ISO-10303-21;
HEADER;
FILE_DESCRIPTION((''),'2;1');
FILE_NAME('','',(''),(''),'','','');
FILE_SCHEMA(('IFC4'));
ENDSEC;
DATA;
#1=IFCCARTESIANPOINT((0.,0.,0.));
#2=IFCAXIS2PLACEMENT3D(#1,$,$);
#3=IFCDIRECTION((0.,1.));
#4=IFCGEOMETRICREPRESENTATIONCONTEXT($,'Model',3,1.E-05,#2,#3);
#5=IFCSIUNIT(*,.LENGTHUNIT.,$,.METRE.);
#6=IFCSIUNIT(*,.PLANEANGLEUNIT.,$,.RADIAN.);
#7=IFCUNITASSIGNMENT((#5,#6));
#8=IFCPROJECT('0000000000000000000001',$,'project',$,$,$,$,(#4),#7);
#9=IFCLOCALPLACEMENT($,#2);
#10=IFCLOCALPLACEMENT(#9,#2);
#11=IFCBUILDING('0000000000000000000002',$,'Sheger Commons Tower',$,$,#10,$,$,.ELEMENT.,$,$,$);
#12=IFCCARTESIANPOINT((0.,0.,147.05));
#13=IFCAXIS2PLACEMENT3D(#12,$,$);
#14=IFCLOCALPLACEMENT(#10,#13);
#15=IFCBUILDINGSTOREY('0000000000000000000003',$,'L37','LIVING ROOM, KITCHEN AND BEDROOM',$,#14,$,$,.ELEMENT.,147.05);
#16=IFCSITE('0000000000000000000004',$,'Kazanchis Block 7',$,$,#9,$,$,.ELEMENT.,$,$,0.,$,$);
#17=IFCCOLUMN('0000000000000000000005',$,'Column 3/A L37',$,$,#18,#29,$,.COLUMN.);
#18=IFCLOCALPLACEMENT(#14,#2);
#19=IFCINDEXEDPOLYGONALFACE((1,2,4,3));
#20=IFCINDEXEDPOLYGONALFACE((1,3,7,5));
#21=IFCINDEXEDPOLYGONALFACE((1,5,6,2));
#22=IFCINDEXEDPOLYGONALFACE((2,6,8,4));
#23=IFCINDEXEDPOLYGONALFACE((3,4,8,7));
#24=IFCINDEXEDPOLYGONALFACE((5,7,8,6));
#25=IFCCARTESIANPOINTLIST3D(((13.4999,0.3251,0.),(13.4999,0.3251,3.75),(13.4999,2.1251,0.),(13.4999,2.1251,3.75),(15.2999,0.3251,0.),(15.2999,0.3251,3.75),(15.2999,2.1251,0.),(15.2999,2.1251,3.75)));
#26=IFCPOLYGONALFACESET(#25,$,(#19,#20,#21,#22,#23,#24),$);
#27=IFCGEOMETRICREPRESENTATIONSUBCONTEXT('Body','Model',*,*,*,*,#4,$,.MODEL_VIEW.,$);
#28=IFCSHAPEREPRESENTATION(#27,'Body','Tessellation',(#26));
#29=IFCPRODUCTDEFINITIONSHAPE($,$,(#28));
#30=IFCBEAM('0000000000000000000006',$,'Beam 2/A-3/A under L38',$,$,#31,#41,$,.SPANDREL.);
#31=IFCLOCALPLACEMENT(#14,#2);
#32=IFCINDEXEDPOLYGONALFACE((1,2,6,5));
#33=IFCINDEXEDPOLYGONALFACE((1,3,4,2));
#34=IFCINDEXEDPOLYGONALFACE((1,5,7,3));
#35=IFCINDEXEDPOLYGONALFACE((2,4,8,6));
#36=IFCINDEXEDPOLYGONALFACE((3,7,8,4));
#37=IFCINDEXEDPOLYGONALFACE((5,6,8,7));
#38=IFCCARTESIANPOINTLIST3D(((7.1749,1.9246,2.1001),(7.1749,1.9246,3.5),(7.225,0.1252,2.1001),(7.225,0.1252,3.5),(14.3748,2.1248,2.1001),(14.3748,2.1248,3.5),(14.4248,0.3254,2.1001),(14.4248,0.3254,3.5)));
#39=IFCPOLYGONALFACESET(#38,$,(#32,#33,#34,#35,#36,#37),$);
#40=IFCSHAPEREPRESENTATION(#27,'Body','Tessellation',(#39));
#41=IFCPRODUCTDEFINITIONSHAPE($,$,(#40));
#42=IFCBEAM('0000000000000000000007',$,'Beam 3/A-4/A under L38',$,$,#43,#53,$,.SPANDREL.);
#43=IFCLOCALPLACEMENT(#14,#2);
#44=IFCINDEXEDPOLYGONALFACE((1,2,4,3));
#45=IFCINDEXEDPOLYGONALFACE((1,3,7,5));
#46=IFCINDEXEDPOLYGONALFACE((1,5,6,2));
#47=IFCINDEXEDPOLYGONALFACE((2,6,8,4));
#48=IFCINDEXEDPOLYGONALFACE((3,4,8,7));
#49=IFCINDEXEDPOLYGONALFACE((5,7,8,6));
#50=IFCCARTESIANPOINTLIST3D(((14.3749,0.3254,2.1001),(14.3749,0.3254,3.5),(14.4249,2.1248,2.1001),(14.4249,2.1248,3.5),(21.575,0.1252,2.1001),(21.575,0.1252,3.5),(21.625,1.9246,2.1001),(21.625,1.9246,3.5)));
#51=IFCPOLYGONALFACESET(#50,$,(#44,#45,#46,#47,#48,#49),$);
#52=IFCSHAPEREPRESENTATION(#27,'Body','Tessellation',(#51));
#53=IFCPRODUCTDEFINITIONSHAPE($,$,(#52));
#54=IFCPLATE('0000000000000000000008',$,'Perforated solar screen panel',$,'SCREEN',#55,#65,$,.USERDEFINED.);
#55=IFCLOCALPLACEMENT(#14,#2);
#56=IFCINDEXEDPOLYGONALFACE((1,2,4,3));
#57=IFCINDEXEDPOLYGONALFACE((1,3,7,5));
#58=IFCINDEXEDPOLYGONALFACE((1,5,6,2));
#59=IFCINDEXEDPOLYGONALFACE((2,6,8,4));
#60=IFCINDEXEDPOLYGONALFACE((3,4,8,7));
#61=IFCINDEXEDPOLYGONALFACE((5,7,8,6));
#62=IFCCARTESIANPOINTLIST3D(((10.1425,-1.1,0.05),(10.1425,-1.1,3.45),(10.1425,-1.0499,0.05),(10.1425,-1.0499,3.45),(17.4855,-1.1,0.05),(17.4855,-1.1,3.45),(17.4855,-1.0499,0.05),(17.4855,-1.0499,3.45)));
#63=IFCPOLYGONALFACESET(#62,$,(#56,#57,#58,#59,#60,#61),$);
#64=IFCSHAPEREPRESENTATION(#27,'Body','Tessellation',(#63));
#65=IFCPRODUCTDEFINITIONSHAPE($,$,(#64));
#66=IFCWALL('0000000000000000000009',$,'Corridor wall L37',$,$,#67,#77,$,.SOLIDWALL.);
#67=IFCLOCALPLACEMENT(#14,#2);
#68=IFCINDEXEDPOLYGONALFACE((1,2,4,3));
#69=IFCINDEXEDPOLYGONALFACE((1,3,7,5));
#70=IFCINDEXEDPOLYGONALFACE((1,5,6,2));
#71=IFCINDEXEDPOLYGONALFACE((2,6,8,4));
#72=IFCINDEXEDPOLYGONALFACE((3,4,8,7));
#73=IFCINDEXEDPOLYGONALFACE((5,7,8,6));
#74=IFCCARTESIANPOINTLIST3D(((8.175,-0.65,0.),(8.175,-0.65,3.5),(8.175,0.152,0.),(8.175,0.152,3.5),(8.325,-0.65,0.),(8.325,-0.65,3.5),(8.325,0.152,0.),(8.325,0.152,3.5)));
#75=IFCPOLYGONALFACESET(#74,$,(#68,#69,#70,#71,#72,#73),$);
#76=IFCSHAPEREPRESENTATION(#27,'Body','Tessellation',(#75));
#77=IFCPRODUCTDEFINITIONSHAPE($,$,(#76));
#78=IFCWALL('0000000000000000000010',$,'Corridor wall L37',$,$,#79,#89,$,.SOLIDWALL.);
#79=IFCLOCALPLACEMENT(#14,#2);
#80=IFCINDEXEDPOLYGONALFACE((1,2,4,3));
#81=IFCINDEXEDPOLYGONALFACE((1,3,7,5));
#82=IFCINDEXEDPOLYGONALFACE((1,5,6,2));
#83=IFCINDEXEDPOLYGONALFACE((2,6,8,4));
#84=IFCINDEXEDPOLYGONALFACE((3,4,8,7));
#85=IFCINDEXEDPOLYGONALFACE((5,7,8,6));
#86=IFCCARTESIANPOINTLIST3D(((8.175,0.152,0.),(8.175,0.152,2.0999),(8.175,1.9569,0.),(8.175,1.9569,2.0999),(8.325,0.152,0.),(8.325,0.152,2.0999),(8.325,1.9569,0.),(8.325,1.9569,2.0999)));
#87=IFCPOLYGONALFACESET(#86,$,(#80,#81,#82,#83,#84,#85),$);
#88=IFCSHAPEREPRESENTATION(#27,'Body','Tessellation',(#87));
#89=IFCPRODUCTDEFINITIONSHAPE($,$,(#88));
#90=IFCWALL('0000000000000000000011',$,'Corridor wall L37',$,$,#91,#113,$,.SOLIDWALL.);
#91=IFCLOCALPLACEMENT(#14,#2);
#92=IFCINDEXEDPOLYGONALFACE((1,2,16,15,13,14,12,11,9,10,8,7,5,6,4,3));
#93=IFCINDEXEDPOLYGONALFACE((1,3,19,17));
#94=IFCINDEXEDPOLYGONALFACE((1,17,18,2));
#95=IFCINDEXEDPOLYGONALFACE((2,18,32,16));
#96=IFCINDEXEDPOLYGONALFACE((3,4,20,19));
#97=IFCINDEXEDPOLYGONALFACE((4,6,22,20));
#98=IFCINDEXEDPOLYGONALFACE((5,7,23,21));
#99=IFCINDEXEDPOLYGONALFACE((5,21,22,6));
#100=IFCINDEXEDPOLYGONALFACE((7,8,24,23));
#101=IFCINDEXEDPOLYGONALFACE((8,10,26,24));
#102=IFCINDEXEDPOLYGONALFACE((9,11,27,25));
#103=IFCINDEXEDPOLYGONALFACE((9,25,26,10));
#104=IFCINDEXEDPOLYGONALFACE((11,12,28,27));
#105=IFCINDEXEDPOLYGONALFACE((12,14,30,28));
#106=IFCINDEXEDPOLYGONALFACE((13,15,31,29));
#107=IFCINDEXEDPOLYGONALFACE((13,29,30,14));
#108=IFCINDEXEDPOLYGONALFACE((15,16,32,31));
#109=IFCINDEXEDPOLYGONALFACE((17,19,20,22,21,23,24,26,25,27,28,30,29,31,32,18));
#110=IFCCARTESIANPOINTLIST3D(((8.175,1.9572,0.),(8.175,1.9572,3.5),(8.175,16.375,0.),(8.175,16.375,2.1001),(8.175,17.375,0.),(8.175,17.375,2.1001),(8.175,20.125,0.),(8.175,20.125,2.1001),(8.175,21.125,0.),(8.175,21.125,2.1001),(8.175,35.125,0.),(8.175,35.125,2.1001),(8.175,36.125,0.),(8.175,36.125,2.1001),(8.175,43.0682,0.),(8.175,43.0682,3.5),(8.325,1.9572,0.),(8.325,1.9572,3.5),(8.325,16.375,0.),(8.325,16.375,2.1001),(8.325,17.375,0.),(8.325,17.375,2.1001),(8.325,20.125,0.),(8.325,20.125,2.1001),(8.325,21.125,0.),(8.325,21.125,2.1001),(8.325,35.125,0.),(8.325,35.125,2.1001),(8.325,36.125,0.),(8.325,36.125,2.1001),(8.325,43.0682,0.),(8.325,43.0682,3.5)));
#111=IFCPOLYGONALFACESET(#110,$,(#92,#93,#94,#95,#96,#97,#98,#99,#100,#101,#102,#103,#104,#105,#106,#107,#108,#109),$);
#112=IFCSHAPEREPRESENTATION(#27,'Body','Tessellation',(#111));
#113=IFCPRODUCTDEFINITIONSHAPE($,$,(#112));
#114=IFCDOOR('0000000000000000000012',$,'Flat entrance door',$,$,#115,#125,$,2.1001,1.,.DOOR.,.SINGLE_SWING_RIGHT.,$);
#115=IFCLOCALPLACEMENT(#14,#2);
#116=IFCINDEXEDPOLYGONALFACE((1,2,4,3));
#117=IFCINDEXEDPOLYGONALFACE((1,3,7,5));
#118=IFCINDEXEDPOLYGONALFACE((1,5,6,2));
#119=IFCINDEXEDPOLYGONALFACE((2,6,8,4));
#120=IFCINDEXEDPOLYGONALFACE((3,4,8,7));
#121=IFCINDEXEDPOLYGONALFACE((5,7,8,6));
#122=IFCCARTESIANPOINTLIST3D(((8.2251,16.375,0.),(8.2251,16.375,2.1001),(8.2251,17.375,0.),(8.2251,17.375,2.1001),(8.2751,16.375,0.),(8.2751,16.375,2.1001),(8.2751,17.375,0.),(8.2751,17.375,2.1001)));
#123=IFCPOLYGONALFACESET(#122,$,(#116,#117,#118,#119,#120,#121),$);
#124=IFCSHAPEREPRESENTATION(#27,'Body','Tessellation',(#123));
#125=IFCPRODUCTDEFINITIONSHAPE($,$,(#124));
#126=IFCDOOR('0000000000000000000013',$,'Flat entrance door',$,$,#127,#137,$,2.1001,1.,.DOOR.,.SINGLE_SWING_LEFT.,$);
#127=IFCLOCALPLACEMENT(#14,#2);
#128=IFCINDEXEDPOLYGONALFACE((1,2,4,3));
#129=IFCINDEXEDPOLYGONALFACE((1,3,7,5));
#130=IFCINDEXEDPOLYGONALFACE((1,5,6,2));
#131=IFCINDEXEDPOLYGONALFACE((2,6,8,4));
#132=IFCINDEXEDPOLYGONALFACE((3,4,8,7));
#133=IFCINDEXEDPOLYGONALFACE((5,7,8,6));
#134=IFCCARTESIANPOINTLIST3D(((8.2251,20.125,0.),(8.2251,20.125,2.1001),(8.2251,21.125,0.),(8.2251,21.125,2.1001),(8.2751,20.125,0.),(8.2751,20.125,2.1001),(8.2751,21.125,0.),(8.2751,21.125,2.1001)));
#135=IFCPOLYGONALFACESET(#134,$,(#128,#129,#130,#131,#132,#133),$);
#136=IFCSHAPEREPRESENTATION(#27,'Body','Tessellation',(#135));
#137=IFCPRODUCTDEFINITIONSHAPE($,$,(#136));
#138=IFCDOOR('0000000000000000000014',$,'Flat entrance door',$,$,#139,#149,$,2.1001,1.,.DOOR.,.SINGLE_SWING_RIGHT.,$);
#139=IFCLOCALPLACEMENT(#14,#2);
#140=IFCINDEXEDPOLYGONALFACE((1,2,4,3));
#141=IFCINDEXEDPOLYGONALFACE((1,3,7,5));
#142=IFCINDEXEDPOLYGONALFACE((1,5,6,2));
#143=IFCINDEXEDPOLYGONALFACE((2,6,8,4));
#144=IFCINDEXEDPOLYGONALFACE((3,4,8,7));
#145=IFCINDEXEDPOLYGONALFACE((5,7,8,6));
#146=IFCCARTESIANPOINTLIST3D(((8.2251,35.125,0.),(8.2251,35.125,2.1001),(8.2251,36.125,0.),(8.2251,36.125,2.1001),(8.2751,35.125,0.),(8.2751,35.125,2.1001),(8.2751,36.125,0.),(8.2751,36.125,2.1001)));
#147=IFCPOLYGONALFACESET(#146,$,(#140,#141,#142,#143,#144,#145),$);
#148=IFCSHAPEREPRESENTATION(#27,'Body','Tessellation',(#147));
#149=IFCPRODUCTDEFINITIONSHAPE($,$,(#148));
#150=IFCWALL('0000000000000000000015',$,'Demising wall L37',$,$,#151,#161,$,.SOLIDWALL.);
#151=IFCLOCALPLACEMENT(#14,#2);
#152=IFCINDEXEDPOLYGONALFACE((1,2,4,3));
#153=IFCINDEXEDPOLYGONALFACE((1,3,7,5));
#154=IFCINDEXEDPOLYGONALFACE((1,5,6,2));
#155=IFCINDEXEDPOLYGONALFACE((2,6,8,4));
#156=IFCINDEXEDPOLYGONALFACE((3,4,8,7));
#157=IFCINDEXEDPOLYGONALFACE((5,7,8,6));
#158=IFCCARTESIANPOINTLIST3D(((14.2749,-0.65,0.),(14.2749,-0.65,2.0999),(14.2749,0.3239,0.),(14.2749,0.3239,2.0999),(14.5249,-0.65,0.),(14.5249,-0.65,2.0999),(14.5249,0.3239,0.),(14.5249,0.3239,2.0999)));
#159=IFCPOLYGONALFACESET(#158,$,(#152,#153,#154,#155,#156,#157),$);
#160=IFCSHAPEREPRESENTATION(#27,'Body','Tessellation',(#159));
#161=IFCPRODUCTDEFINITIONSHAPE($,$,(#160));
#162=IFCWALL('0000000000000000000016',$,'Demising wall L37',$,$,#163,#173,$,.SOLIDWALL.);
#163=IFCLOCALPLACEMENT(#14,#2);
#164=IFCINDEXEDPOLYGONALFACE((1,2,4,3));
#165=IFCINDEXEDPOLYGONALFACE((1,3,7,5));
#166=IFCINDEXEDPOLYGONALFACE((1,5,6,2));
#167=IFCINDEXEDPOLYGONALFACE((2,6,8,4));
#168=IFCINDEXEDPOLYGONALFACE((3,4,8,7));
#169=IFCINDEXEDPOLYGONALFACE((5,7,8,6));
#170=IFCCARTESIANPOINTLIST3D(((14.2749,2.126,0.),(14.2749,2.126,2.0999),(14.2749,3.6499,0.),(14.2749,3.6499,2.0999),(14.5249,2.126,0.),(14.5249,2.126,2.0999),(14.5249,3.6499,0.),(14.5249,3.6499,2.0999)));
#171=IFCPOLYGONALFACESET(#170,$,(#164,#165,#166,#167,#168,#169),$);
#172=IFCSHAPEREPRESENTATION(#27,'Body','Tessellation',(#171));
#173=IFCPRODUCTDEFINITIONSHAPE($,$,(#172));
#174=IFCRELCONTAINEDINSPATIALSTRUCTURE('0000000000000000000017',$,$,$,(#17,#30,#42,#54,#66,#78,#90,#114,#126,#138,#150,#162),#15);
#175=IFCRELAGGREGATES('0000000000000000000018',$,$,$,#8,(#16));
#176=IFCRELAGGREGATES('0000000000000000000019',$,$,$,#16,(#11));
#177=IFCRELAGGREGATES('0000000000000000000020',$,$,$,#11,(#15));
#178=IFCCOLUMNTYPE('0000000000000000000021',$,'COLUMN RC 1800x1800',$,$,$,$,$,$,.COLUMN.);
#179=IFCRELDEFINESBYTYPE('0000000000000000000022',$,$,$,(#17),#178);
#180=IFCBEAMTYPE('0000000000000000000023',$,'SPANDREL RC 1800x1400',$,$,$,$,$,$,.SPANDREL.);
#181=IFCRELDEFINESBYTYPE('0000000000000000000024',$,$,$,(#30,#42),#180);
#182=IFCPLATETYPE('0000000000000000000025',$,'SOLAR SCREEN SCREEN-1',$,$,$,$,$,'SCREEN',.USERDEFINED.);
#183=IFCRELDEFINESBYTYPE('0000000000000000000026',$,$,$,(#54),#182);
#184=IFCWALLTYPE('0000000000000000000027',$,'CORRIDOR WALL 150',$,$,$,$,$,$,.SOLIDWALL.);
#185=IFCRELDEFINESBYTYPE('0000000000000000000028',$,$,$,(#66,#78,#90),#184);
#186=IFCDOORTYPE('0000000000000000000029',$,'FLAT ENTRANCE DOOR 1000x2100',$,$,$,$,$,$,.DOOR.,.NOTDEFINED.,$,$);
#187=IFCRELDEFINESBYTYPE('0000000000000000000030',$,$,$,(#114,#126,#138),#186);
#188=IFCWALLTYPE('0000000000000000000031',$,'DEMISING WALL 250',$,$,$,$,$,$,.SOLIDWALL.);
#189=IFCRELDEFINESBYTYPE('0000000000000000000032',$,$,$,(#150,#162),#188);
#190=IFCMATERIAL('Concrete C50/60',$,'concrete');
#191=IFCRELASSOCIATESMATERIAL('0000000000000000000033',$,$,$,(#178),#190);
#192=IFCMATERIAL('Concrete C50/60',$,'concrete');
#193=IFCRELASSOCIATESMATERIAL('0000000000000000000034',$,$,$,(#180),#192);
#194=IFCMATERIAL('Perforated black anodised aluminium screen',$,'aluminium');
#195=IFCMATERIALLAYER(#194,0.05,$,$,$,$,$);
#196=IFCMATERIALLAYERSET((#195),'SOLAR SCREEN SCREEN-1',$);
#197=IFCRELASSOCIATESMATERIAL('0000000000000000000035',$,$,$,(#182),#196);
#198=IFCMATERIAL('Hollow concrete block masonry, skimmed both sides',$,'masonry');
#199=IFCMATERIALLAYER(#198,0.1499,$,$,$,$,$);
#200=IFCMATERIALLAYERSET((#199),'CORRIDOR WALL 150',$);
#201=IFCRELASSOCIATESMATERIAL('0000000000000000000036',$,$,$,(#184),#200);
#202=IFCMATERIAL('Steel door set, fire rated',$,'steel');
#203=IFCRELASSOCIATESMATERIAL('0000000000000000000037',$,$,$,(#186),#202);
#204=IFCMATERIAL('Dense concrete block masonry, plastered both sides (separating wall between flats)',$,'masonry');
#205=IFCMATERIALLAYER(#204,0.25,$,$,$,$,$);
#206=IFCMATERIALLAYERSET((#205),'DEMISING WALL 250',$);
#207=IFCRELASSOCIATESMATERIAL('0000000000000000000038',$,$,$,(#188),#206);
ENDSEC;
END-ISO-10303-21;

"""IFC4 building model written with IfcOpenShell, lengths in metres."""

from ifc_helpers import new_model, si_unit, direction, frame, frame_2d, origin, origin_2d, place, context, subcontext, project, spatial, rectangle, extrude, material, layer, layer_set, material_profile, profile_set, type_object, element, fill, save


model = new_model("IFC4")

# Units and contexts
model_context = context("Model", 3, precision=1e-05, world=origin(), true_north=direction((0.0, 1.0)))
body_context = subcontext(model_context, "Body", "Model", "MODEL_VIEW")
ifc_project = project(units=[si_unit("LENGTHUNIT", "METRE"), si_unit("PLANEANGLEUNIT", "RADIAN")], contexts=[model_context])

# Site, building, storey
site_placement = place(None, origin())
site = spatial("IfcSite", under=ifc_project, at=site_placement, Name="Kazanchis Block 7", CompositionType="ELEMENT", RefElevation=0.0)
building_placement = place(site_placement, origin())
building = spatial("IfcBuilding", under=site, at=building_placement, Name="Sheger Commons Tower", CompositionType="ELEMENT")
storey_placement = place(building_placement, frame((0.0, 0.0, 147.05)))
storey = spatial("IfcBuildingStorey", under=building, at=storey_placement, Name="L37", Description="LIVING ROOM, KITCHEN AND BEDROOM", CompositionType="ELEMENT", Elevation=147.05)

# Column
ifc_material_1 = material(Name="Concrete C50/60", Category="concrete")
ifc_material_profile_1 = material_profile(ifc_material_1, rectangle(XDim=1.8, YDim=1.8, at=origin_2d()), Name="RC 1800x1800")
ifc_profile_set_1 = profile_set([ifc_material_profile_1], Name="Concrete C50/60")
column_type = type_object("IfcColumnType", Name="COLUMN RC 1800x1800", PredefinedType="COLUMN", material=ifc_profile_set_1)
column_placement = place(storey_placement, frame((14.3999, 1.2251, 0.0), z_axis=(0.0, 0.0, 1.0), x_axis=(1.0, 0.0, 0.0)))
element("IfcColumn", 1, at=column_placement, inside=storey, type_object=column_type, Name="Column 3/A L37", PredefinedType="COLUMN", context=body_context, shape_type="SweptSolid", body=[
    extrude(rectangle(XDim=1.8, YDim=1.8, at=origin_2d()), origin(), (0.0, 0.0, 1.0), 3.75),
])

# Beams
ifc_material_2 = material(Name="Concrete C50/60", Category="concrete")
ifc_material_profile_2 = material_profile(ifc_material_2, rectangle(XDim=1.8, YDim=1.3999, at=origin_2d()), Name="RC 1800x1400")
ifc_profile_set_2 = profile_set([ifc_material_profile_2], Name="Concrete C50/60")
beam_type = type_object("IfcBeamType", Name="SPANDREL RC 1800x1400", PredefinedType="SPANDREL", material=ifc_profile_set_2)
beam_1_placement = place(storey_placement, frame((7.2, 1.0249, 2.8), z_axis=(0.999614, 0.027794, 0.0), x_axis=(-0.027794, 0.999614, 0.0)))
element("IfcBeam", 2, at=beam_1_placement, inside=storey, type_object=beam_type, Name="Beam 2/A-3/A under L38", PredefinedType="SPANDREL", context=body_context, shape_type="SweptSolid", body=[
    extrude(rectangle(XDim=1.8, YDim=1.3999, at=origin_2d()), origin(), (0.0, 0.0, 1.0), 7.2026),
])
beam_2_placement = place(storey_placement, frame((14.3999, 1.2251, 2.8), z_axis=(0.999614, -0.027793, 0.0), x_axis=(0.027793, 0.999614, 0.0)))
element("IfcBeam", 3, at=beam_2_placement, inside=storey, type_object=beam_type, Name="Beam 3/A-4/A under L38", PredefinedType="SPANDREL", context=body_context, shape_type="SweptSolid", body=[
    extrude(rectangle(XDim=1.8, YDim=1.3999, at=origin_2d()), origin(), (0.0, 0.0, 1.0), 7.2029),
])

# Plate
ifc_material_3 = material(Name="Perforated black anodised aluminium screen", Category="aluminium")
ifc_layer_1 = layer(ifc_material_3, 0.05)
ifc_layer_set_1 = layer_set([ifc_layer_1], Name="SOLAR SCREEN SCREEN-1")
plate_type = type_object("IfcPlateType", Name="SOLAR SCREEN SCREEN-1", ElementType="SCREEN", PredefinedType="USERDEFINED", material=ifc_layer_set_1)
plate_placement = place(storey_placement, frame((13.814, -1.075, 0.05), z_axis=(0.0, 0.0, 1.0), x_axis=(1.0, 0.0, 0.0)))
element("IfcPlate", 4, at=plate_placement, inside=storey, type_object=plate_type, Name="Perforated solar screen panel", ObjectType="SCREEN", PredefinedType="USERDEFINED", context=body_context, shape_type="SweptSolid", body=[
    extrude(rectangle(XDim=7.343, YDim=0.05, at=origin_2d()), origin(), (0.0, 0.0, 1.0), 3.3999),
])

# Walls
ifc_material_4 = material(Name="Hollow concrete block masonry, skimmed both sides", Category="masonry")
ifc_layer_2 = layer(ifc_material_4, 0.1499)
ifc_layer_set_2 = layer_set([ifc_layer_2], Name="CORRIDOR WALL 150")
wall_type_1 = type_object("IfcWallType", Name="CORRIDOR WALL 150", PredefinedType="SOLIDWALL", material=ifc_layer_set_2)
wall_1_placement = place(storey_placement, frame((8.25, -0.6499, 0.0), z_axis=(0.0, 0.0, 1.0), x_axis=(0.0, 1.0, 0.0)))
element("IfcWall", 5, at=wall_1_placement, inside=storey, type_object=wall_type_1, Name="Corridor wall L37", PredefinedType="SOLIDWALL", context=body_context, shape_type="SweptSolid", body=[
    extrude(rectangle(XDim=0.802, YDim=0.1499, at=frame_2d((0.4009, 0.0))), origin(), (0.0, 0.0, 1.0), 3.5),
])
wall_2_placement = place(storey_placement, frame((8.25, 0.1521, 0.0), z_axis=(0.0, 0.0, 1.0), x_axis=(0.0, 1.0, 0.0)))
element("IfcWall", 6, at=wall_2_placement, inside=storey, type_object=wall_type_1, Name="Corridor wall L37", PredefinedType="SOLIDWALL", context=body_context, shape_type="SweptSolid", body=[
    extrude(rectangle(XDim=1.8049, YDim=0.1499, at=frame_2d((0.9023, 0.0))), origin(), (0.0, 0.0, 1.0), 2.0999),
])

# Wall, openings, doors
wall_3_placement = place(storey_placement, frame((8.25, 1.957, 0.0), z_axis=(0.0, 0.0, 1.0), x_axis=(0.0, 1.0, 0.0)))
wall_3 = element("IfcWall", 7, at=wall_3_placement, inside=storey, type_object=wall_type_1, Name="Corridor wall L37", PredefinedType="SOLIDWALL", context=body_context, shape_type="SweptSolid", body=[
    extrude(rectangle(XDim=41.1111, YDim=0.1499, at=frame_2d((20.5557, 0.0))), origin(), (0.0, 0.0, 1.0), 3.5),
])
opening_1_placement = place(wall_3_placement, frame((14.418, 0.0, 0.0)))
opening_1 = element("IfcOpeningElement", 8, at=opening_1_placement, cuts=wall_3, PredefinedType="OPENING", context=body_context, shape_type="SweptSolid", body=[
    extrude(rectangle(XDim=1.0, YDim=2.1001, at=frame_2d((0.5, 1.05))), frame((0.0, 0.085, 0.0), z_axis=(0.0, -1.0, 0.0), x_axis=(1.0, 0.0, 0.0)), (0.0, 0.0, 1.0), 0.1699),
])
opening_2_placement = place(wall_3_placement, frame((18.168, 0.0, 0.0)))
opening_2 = element("IfcOpeningElement", 9, at=opening_2_placement, cuts=wall_3, PredefinedType="OPENING", context=body_context, shape_type="SweptSolid", body=[
    extrude(rectangle(XDim=1.0, YDim=2.1001, at=frame_2d((0.5, 1.05))), frame((0.0, 0.085, 0.0), z_axis=(0.0, -1.0, 0.0), x_axis=(1.0, 0.0, 0.0)), (0.0, 0.0, 1.0), 0.1699),
])
opening_3_placement = place(wall_3_placement, frame((33.168, 0.0, 0.0)))
opening_3 = element("IfcOpeningElement", 10, at=opening_3_placement, cuts=wall_3, PredefinedType="OPENING", context=body_context, shape_type="SweptSolid", body=[
    extrude(rectangle(XDim=1.0, YDim=2.1001, at=frame_2d((0.5, 1.05))), frame((0.0, 0.085, 0.0), z_axis=(0.0, -1.0, 0.0), x_axis=(1.0, 0.0, 0.0)), (0.0, 0.0, 1.0), 0.1699),
])
ifc_material_5 = material(Name="Steel door set, fire rated", Category="steel")
door_type = type_object("IfcDoorType", Name="FLAT ENTRANCE DOOR 1000x2100", OperationType="NOTDEFINED", PredefinedType="DOOR", material=ifc_material_5)
door_1_placement = place(opening_1_placement, origin())
door_1 = element("IfcDoor", 11, at=door_1_placement, inside=storey, type_object=door_type, Name="Flat entrance door", OperationType="SINGLE_SWING_RIGHT", OverallHeight=2.1001, OverallWidth=1.0, PredefinedType="DOOR", context=body_context, shape_type="SweptSolid", body=[
    extrude(rectangle(XDim=1.0, YDim=2.1001, at=frame_2d((0.5, 1.05))), frame((0.0, 0.0249, 0.0), z_axis=(0.0, -1.0, 0.0), x_axis=(1.0, 0.0, 0.0)), (0.0, 0.0, 1.0), 0.05),
])
fill(opening_1, door_1)
door_2_placement = place(opening_2_placement, origin())
door_2 = element("IfcDoor", 12, at=door_2_placement, inside=storey, type_object=door_type, Name="Flat entrance door", OperationType="SINGLE_SWING_LEFT", OverallHeight=2.1001, OverallWidth=1.0, PredefinedType="DOOR", context=body_context, shape_type="SweptSolid", body=[
    extrude(rectangle(XDim=1.0, YDim=2.1001, at=frame_2d((0.5, 1.05))), frame((0.0, 0.0249, 0.0), z_axis=(0.0, -1.0, 0.0), x_axis=(1.0, 0.0, 0.0)), (0.0, 0.0, 1.0), 0.05),
])
fill(opening_2, door_2)
door_3_placement = place(opening_3_placement, origin())
door_3 = element("IfcDoor", 13, at=door_3_placement, inside=storey, type_object=door_type, Name="Flat entrance door", OperationType="SINGLE_SWING_RIGHT", OverallHeight=2.1001, OverallWidth=1.0, PredefinedType="DOOR", context=body_context, shape_type="SweptSolid", body=[
    extrude(rectangle(XDim=1.0, YDim=2.1001, at=frame_2d((0.5, 1.05))), frame((0.0, 0.0249, 0.0), z_axis=(0.0, -1.0, 0.0), x_axis=(1.0, 0.0, 0.0)), (0.0, 0.0, 1.0), 0.05),
])
fill(opening_3, door_3)

# Walls
ifc_material_6 = material(Name="Dense concrete block masonry, plastered both sides (separating wall between flats)", Category="masonry")
ifc_layer_3 = layer(ifc_material_6, 0.25)
ifc_layer_set_3 = layer_set([ifc_layer_3], Name="DEMISING WALL 250")
wall_type_2 = type_object("IfcWallType", Name="DEMISING WALL 250", PredefinedType="SOLIDWALL", material=ifc_layer_set_3)
wall_4_placement = place(storey_placement, frame((14.3999, -0.6499, 0.0), z_axis=(0.0, 0.0, 1.0), x_axis=(0.0, 1.0, 0.0)))
element("IfcWall", 14, at=wall_4_placement, inside=storey, type_object=wall_type_2, Name="Demising wall L37", PredefinedType="SOLIDWALL", context=body_context, shape_type="SweptSolid", body=[
    extrude(rectangle(XDim=0.9739, YDim=0.25, at=frame_2d((0.4868, 0.0))), origin(), (0.0, 0.0, 1.0), 2.0999),
])
wall_5_placement = place(storey_placement, frame((14.3999, 2.126, 0.0), z_axis=(0.0, 0.0, 1.0), x_axis=(0.0, 1.0, 0.0)))
element("IfcWall", 15, at=wall_5_placement, inside=storey, type_object=wall_type_2, Name="Demising wall L37", PredefinedType="SOLIDWALL", context=body_context, shape_type="SweptSolid", body=[
    extrude(rectangle(XDim=1.5239, YDim=0.25, at=frame_2d((0.762, 0.0))), origin(), (0.0, 0.0, 1.0), 2.0999),
])

save(model, "model.ifc")
